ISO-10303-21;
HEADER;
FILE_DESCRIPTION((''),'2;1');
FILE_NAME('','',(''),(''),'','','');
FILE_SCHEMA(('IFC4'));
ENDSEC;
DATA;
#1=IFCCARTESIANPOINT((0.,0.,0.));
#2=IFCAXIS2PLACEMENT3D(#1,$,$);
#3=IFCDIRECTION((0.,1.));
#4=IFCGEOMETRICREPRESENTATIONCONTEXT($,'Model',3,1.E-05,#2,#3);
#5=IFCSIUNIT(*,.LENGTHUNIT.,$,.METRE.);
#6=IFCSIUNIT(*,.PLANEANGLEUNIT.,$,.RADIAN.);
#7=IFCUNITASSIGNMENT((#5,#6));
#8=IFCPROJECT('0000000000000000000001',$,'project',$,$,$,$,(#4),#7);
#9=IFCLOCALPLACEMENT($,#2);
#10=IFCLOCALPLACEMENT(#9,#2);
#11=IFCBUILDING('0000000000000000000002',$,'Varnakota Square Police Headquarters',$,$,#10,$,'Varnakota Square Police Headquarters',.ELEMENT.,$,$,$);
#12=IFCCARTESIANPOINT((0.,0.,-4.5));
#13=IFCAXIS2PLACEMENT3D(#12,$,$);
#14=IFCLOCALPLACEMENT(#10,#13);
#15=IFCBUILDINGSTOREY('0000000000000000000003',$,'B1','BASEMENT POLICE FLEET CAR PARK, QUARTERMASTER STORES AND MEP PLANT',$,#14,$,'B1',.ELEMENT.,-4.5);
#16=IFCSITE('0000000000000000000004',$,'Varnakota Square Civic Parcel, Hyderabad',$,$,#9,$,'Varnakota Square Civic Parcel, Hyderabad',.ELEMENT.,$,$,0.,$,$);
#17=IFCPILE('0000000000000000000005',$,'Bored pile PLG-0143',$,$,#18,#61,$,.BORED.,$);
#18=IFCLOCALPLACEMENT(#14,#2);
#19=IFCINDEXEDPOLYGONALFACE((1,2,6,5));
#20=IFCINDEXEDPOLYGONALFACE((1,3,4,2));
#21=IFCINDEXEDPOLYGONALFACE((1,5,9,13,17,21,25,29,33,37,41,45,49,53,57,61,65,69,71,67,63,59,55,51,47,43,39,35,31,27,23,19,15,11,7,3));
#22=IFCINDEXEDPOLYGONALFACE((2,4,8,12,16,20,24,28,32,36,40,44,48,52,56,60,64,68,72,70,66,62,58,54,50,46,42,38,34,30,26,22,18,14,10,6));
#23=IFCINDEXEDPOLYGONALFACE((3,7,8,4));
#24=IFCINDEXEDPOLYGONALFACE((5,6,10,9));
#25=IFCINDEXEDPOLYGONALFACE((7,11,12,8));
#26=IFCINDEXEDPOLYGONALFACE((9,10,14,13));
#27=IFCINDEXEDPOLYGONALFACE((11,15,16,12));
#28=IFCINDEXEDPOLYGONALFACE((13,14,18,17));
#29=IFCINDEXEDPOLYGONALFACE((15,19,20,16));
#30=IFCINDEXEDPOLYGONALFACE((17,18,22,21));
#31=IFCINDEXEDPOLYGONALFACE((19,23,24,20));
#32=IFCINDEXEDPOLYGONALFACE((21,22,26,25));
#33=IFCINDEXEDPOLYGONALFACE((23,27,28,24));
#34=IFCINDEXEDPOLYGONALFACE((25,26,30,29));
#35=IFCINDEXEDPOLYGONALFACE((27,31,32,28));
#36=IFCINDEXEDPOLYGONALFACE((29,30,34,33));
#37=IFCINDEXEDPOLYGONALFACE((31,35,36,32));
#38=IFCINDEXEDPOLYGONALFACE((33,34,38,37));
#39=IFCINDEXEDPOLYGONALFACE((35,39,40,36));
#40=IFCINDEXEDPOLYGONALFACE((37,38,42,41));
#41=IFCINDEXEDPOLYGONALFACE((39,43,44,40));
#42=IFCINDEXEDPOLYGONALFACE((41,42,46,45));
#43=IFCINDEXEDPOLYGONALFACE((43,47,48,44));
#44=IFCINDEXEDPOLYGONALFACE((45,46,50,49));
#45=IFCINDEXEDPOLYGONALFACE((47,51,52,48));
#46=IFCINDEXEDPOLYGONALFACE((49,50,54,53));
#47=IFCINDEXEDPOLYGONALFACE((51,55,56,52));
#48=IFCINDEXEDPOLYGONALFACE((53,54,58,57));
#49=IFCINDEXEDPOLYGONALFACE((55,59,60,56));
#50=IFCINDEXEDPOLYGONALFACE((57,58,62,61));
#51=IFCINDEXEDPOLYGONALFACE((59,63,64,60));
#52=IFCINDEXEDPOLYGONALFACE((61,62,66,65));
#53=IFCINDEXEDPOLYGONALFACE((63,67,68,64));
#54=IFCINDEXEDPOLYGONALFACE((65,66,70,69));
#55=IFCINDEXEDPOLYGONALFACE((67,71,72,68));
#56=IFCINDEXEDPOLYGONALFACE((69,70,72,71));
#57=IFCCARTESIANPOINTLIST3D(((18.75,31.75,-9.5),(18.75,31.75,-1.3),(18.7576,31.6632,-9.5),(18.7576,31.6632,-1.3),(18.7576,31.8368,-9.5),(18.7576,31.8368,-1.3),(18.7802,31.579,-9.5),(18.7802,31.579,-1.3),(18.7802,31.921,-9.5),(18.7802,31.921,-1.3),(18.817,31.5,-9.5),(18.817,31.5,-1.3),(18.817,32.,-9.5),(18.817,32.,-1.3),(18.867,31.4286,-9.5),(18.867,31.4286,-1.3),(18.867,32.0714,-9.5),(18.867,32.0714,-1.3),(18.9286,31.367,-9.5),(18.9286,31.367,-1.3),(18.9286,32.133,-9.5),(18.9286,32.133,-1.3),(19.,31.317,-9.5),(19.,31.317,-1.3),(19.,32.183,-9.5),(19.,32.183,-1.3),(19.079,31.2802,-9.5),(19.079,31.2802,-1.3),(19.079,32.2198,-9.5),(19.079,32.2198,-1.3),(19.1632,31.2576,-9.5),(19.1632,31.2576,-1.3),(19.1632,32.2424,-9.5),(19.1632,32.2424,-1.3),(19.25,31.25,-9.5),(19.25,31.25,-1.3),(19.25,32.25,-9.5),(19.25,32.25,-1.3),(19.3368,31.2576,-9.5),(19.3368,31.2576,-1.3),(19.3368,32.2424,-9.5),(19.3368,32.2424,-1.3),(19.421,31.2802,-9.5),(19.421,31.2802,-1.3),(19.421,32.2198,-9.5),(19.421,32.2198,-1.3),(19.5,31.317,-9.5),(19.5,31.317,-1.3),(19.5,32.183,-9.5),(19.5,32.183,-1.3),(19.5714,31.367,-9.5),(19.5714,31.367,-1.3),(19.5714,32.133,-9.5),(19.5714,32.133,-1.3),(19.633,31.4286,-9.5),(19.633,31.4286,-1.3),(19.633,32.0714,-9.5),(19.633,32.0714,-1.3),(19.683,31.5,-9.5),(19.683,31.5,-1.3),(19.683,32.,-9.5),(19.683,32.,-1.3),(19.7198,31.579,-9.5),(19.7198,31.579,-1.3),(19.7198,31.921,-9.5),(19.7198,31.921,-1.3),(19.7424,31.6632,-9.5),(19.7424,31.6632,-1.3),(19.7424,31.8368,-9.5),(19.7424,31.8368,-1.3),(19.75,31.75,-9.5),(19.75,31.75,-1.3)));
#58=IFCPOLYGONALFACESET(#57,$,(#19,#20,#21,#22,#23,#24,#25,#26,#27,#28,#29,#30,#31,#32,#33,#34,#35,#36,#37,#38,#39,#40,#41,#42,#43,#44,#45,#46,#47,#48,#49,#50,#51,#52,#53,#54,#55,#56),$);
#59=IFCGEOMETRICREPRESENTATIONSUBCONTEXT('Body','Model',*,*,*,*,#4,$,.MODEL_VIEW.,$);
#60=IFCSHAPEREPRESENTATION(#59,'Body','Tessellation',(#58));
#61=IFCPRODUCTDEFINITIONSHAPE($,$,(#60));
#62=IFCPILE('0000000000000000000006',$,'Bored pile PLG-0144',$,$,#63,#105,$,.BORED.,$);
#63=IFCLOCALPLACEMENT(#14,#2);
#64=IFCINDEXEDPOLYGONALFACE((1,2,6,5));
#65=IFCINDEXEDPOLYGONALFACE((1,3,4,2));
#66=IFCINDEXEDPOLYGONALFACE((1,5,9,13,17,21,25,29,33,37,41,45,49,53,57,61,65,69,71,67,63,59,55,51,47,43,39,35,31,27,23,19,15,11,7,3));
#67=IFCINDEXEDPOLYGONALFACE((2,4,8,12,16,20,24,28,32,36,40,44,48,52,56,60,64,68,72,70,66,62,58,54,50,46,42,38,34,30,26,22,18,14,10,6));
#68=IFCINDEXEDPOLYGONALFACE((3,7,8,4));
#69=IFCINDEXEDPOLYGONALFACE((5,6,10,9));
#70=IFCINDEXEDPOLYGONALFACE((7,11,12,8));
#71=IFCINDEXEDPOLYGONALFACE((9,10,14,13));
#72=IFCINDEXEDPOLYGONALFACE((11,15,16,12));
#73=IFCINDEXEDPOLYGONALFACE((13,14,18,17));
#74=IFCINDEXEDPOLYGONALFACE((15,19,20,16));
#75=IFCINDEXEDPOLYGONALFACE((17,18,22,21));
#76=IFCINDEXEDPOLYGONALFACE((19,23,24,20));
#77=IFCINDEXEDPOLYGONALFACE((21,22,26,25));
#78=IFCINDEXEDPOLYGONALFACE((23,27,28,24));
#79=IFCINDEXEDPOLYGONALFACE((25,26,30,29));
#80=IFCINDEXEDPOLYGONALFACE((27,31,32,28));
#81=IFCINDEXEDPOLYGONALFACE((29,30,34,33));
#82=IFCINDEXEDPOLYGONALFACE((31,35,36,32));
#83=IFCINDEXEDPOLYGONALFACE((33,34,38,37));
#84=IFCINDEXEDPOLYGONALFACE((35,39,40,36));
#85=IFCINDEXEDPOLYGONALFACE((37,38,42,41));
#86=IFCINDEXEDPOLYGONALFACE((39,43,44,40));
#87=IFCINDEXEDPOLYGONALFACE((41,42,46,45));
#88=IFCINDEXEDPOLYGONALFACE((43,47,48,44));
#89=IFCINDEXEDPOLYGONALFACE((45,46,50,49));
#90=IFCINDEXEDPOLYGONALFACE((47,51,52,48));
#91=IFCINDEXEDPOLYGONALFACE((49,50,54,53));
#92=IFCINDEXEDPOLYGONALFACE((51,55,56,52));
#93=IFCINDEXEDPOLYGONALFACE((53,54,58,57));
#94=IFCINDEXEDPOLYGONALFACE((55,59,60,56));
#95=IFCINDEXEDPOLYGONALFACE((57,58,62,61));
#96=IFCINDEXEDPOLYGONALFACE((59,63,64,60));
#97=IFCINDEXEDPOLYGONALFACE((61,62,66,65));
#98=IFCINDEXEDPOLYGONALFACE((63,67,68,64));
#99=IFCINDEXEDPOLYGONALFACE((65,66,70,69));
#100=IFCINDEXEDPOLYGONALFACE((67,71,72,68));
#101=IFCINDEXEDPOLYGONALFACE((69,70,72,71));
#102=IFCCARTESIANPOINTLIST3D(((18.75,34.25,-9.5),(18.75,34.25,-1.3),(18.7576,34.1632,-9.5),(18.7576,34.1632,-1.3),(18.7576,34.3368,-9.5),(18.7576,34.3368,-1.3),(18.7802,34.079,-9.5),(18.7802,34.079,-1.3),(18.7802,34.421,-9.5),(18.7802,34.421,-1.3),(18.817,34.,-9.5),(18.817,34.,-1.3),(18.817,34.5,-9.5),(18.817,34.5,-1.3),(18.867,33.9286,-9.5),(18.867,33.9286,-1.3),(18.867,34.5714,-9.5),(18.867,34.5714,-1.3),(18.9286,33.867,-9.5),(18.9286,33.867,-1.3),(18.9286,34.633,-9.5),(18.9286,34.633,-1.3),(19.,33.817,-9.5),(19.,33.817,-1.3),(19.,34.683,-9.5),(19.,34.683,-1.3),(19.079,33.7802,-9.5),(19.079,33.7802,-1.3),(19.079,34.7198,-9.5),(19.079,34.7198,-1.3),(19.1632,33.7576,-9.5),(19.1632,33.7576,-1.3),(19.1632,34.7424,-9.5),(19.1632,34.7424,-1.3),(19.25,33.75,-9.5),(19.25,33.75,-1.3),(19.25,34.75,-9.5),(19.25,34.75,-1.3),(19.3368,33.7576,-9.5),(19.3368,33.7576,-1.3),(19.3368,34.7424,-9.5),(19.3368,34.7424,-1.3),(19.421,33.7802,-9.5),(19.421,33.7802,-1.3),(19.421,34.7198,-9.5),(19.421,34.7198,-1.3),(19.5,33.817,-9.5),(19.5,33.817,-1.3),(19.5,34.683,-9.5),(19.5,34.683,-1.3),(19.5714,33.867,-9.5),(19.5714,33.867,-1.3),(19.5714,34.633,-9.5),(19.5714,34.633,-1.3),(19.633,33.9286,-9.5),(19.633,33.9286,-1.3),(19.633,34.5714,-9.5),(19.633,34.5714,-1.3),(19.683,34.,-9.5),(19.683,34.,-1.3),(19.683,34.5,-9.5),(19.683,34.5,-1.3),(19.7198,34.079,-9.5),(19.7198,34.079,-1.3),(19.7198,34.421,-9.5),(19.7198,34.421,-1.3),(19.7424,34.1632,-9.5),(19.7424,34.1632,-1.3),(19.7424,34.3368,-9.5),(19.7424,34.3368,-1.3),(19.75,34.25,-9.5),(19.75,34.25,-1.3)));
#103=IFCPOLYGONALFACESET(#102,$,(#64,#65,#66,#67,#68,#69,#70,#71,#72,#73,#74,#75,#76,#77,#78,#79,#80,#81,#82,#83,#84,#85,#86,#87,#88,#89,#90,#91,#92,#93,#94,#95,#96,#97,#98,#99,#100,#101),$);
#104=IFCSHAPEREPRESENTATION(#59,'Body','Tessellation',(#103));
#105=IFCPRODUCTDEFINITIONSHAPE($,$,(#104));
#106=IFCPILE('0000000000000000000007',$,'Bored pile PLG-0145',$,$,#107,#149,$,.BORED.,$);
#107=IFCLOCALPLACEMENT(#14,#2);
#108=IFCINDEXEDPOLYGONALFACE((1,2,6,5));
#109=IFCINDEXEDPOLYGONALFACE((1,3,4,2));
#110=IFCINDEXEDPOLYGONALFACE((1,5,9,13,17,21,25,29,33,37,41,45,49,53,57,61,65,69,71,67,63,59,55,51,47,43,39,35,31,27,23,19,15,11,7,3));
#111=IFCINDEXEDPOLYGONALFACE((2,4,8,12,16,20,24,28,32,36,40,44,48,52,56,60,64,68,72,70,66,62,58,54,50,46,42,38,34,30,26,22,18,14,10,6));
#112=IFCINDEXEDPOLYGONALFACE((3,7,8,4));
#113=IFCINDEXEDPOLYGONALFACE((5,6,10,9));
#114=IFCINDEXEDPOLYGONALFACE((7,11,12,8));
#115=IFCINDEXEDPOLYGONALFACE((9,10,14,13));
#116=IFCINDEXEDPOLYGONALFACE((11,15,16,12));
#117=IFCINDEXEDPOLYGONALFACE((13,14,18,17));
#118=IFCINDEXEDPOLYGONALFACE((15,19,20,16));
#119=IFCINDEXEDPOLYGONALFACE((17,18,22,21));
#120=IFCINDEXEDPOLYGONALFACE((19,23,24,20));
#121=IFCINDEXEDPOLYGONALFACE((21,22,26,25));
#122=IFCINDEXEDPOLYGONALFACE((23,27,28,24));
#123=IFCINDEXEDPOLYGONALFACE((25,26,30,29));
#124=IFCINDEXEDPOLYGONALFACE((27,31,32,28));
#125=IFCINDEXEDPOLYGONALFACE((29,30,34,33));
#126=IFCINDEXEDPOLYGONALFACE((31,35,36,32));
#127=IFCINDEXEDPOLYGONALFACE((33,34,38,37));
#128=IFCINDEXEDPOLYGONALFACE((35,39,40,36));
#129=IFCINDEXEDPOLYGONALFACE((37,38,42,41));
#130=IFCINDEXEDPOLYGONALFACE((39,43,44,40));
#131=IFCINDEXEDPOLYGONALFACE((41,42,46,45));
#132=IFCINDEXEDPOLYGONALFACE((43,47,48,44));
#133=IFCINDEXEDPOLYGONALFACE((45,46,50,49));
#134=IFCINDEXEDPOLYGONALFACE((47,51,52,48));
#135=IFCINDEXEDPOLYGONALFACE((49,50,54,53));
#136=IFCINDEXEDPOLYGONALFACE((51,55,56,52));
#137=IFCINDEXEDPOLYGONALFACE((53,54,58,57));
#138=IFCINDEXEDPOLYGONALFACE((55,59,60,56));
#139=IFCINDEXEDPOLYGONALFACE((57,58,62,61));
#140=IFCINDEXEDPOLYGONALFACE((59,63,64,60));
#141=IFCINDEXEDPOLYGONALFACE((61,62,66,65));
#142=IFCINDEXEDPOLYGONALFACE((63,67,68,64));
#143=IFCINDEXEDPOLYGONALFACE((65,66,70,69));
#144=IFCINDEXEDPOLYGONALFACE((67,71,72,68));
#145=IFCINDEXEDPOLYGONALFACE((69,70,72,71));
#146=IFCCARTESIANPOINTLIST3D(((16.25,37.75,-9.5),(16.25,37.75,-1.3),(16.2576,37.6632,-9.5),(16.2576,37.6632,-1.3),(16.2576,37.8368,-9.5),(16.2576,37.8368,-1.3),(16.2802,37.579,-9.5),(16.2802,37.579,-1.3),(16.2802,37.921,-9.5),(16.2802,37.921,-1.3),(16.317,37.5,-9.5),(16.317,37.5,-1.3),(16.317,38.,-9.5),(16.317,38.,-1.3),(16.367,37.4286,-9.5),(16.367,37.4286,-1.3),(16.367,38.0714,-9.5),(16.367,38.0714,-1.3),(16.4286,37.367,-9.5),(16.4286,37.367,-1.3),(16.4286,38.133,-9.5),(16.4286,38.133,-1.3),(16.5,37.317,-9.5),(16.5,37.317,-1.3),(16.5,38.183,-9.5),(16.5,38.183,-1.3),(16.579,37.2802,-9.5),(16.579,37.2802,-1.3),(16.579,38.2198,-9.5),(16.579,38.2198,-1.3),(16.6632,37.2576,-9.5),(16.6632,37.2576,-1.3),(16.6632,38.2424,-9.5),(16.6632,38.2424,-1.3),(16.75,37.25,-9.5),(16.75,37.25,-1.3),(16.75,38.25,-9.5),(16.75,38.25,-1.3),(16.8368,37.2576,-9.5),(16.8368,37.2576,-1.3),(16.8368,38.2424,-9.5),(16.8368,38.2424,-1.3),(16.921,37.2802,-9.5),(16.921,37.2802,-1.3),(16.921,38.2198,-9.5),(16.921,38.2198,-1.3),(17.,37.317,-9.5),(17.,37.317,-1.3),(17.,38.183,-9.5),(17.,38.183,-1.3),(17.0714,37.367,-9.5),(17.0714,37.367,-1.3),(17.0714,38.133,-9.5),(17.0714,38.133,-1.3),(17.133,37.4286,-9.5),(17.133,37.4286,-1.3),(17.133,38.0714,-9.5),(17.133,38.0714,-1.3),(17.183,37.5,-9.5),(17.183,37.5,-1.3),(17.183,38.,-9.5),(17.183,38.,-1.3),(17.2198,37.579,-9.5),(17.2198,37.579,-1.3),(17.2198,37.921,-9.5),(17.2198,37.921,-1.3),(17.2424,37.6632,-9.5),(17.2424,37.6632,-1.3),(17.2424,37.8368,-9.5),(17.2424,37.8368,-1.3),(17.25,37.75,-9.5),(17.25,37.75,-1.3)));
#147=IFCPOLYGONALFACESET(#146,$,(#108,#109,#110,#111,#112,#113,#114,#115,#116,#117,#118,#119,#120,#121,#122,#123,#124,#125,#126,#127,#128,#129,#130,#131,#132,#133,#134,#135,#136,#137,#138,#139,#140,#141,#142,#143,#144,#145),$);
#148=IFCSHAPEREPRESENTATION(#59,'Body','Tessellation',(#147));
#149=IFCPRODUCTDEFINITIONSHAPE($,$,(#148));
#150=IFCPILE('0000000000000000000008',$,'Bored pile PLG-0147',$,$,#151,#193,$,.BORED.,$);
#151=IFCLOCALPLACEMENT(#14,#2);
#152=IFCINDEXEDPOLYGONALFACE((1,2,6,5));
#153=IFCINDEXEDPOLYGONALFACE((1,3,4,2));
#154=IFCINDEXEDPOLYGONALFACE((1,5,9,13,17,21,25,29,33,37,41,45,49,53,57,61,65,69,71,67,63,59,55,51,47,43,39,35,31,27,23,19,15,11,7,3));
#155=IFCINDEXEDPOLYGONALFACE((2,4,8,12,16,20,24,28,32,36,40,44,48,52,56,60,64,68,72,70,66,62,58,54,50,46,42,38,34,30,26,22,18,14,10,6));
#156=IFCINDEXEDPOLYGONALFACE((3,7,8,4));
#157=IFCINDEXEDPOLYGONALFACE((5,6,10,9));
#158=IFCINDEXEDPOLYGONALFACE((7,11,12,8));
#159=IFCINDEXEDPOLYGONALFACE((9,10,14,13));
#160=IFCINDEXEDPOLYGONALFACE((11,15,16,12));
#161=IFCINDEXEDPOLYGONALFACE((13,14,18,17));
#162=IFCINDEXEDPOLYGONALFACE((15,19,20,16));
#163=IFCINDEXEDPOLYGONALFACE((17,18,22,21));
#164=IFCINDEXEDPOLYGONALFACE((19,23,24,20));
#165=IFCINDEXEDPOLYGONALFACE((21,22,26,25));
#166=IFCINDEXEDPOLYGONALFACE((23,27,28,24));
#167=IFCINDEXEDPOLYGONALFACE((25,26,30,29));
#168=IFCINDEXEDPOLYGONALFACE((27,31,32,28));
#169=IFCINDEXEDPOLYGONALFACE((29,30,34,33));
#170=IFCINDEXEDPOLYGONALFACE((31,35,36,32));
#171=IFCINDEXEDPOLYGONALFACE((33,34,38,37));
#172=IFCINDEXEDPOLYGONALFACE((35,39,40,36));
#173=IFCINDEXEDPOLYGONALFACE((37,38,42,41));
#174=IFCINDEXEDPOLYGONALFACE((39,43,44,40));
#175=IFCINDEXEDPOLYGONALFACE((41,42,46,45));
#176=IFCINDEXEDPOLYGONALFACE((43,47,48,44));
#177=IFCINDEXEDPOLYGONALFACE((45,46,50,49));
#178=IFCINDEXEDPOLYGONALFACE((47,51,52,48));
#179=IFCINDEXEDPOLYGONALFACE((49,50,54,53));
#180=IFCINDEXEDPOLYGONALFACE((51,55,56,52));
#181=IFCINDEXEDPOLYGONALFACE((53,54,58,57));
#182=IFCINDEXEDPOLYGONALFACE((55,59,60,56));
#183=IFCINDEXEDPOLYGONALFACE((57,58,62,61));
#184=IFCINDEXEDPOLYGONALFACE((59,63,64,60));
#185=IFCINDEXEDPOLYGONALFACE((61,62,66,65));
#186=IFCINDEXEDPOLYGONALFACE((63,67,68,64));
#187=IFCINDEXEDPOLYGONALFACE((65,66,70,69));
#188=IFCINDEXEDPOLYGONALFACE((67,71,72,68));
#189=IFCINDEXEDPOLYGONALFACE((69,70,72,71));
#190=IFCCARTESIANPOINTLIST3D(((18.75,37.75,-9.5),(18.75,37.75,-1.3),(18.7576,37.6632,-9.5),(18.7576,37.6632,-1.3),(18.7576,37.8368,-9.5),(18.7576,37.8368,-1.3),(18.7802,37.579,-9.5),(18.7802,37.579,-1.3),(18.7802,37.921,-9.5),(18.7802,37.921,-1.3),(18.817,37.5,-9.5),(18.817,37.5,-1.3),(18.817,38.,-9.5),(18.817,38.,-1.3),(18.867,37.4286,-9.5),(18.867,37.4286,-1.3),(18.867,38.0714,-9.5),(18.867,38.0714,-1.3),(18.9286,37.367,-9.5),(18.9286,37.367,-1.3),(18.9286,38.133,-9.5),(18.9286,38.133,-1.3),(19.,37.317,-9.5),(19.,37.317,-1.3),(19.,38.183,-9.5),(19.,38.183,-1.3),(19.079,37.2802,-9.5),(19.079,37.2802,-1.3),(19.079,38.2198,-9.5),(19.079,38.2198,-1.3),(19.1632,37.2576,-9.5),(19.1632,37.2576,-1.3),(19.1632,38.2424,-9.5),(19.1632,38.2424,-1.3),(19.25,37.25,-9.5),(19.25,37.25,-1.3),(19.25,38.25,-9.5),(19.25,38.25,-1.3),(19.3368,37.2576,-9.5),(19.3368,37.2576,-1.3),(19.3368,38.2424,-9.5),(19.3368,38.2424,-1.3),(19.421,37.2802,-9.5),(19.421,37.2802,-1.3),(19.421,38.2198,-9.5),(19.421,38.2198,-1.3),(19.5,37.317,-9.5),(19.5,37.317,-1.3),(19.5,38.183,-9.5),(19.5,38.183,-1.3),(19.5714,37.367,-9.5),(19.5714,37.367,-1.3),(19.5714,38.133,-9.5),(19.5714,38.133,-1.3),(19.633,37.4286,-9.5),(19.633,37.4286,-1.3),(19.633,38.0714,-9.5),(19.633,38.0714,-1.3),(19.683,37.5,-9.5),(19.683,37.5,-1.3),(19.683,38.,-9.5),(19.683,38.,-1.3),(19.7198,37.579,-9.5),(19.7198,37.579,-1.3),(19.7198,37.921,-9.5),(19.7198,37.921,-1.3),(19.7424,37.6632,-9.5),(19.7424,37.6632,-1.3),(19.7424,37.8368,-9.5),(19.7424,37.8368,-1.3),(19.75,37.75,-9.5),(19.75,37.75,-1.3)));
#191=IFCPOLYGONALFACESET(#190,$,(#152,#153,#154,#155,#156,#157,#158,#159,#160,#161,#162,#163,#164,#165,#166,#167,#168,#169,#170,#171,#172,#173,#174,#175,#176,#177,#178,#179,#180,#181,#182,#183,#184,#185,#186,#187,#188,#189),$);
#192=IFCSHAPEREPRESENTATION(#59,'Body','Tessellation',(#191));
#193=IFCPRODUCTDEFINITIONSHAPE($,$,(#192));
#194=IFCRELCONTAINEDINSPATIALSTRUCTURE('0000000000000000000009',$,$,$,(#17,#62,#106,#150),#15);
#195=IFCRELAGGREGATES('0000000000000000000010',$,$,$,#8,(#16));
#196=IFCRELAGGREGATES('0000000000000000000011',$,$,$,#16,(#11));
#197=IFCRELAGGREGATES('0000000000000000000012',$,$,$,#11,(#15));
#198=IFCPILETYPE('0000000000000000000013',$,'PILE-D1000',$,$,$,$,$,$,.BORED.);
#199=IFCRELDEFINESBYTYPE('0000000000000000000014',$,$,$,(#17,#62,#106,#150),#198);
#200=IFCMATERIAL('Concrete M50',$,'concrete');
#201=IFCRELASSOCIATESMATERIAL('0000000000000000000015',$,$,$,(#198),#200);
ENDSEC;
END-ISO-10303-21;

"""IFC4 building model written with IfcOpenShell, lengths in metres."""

from ifc_helpers import new_model, si_unit, direction, frame, origin, origin_2d, place, context, subcontext, project, spatial, circle, extrude, material, material_profile, profile_set, type_object, element, save


model = new_model("IFC4")

# Units and contexts
model_context = context("Model", 3, precision=1e-05, world=origin(), true_north=direction((0.0, 1.0)))
body_context = subcontext(model_context, "Body", "Model", "MODEL_VIEW")
ifc_project = project(units=[si_unit("LENGTHUNIT", "METRE"), si_unit("PLANEANGLEUNIT", "RADIAN")], contexts=[model_context])

# Site, building, storey
site_placement = place(None, origin())
site = spatial("IfcSite", under=ifc_project, at=site_placement, Name="Varnakota Square Civic Parcel, Hyderabad", LongName="Varnakota Square Civic Parcel, Hyderabad", CompositionType="ELEMENT", RefElevation=0.0)
building_placement = place(site_placement, origin())
building = spatial("IfcBuilding", under=site, at=building_placement, Name="Varnakota Square Police Headquarters", LongName="Varnakota Square Police Headquarters", CompositionType="ELEMENT")
storey_placement = place(building_placement, frame((0.0, 0.0, -4.5)))
storey = spatial("IfcBuildingStorey", under=building, at=storey_placement, Name="B1", Description="BASEMENT POLICE FLEET CAR PARK, QUARTERMASTER STORES AND MEP PLANT", LongName="B1", CompositionType="ELEMENT", Elevation=-4.5)

# Shared definitions
ifc_material_1 = material(Name="Concrete M50", Category="concrete")

# Piles
ifc_material_profile_1 = material_profile(ifc_material_1, circle(Radius=0.5, at=origin_2d()), Name="BORED PILE 1000")
ifc_profile_set_1 = profile_set([ifc_material_profile_1], Name="Concrete M50")
pile_type = type_object("IfcPileType", Name="PILE-D1000", PredefinedType="BORED", material=ifc_profile_set_1)
for number, where, z_axis, x_axis, name in (
    (1, (19.25, 31.75, -1.3), (0.0, 0.0, -1.0), (1.0, 0.0, 0.0), "Bored pile PLG-0143"),
    (2, (19.25, 34.25, -1.3), (0.0, 0.0, -1.0), (1.0, 0.0, 0.0), "Bored pile PLG-0144"),
    (3, (16.75, 37.75, -1.3), (0.0, 0.0, -1.0), (1.0, 0.0, 0.0), "Bored pile PLG-0145"),
    (4, (19.25, 37.75, -1.3), (0.0, 0.0, -1.0), (1.0, 0.0, 0.0), "Bored pile PLG-0147"),
):
    element("IfcPile", number, at=place(storey_placement, frame(where, z_axis=z_axis, x_axis=x_axis)), inside=storey, type_object=pile_type, Name=name, PredefinedType="BORED", context=body_context, shape_type="SweptSolid", body=[
        extrude(circle(Radius=0.5, at=origin_2d()), origin(), (0.0, 0.0, 1.0), 8.2),
    ])

save(model, "model.ifc")
